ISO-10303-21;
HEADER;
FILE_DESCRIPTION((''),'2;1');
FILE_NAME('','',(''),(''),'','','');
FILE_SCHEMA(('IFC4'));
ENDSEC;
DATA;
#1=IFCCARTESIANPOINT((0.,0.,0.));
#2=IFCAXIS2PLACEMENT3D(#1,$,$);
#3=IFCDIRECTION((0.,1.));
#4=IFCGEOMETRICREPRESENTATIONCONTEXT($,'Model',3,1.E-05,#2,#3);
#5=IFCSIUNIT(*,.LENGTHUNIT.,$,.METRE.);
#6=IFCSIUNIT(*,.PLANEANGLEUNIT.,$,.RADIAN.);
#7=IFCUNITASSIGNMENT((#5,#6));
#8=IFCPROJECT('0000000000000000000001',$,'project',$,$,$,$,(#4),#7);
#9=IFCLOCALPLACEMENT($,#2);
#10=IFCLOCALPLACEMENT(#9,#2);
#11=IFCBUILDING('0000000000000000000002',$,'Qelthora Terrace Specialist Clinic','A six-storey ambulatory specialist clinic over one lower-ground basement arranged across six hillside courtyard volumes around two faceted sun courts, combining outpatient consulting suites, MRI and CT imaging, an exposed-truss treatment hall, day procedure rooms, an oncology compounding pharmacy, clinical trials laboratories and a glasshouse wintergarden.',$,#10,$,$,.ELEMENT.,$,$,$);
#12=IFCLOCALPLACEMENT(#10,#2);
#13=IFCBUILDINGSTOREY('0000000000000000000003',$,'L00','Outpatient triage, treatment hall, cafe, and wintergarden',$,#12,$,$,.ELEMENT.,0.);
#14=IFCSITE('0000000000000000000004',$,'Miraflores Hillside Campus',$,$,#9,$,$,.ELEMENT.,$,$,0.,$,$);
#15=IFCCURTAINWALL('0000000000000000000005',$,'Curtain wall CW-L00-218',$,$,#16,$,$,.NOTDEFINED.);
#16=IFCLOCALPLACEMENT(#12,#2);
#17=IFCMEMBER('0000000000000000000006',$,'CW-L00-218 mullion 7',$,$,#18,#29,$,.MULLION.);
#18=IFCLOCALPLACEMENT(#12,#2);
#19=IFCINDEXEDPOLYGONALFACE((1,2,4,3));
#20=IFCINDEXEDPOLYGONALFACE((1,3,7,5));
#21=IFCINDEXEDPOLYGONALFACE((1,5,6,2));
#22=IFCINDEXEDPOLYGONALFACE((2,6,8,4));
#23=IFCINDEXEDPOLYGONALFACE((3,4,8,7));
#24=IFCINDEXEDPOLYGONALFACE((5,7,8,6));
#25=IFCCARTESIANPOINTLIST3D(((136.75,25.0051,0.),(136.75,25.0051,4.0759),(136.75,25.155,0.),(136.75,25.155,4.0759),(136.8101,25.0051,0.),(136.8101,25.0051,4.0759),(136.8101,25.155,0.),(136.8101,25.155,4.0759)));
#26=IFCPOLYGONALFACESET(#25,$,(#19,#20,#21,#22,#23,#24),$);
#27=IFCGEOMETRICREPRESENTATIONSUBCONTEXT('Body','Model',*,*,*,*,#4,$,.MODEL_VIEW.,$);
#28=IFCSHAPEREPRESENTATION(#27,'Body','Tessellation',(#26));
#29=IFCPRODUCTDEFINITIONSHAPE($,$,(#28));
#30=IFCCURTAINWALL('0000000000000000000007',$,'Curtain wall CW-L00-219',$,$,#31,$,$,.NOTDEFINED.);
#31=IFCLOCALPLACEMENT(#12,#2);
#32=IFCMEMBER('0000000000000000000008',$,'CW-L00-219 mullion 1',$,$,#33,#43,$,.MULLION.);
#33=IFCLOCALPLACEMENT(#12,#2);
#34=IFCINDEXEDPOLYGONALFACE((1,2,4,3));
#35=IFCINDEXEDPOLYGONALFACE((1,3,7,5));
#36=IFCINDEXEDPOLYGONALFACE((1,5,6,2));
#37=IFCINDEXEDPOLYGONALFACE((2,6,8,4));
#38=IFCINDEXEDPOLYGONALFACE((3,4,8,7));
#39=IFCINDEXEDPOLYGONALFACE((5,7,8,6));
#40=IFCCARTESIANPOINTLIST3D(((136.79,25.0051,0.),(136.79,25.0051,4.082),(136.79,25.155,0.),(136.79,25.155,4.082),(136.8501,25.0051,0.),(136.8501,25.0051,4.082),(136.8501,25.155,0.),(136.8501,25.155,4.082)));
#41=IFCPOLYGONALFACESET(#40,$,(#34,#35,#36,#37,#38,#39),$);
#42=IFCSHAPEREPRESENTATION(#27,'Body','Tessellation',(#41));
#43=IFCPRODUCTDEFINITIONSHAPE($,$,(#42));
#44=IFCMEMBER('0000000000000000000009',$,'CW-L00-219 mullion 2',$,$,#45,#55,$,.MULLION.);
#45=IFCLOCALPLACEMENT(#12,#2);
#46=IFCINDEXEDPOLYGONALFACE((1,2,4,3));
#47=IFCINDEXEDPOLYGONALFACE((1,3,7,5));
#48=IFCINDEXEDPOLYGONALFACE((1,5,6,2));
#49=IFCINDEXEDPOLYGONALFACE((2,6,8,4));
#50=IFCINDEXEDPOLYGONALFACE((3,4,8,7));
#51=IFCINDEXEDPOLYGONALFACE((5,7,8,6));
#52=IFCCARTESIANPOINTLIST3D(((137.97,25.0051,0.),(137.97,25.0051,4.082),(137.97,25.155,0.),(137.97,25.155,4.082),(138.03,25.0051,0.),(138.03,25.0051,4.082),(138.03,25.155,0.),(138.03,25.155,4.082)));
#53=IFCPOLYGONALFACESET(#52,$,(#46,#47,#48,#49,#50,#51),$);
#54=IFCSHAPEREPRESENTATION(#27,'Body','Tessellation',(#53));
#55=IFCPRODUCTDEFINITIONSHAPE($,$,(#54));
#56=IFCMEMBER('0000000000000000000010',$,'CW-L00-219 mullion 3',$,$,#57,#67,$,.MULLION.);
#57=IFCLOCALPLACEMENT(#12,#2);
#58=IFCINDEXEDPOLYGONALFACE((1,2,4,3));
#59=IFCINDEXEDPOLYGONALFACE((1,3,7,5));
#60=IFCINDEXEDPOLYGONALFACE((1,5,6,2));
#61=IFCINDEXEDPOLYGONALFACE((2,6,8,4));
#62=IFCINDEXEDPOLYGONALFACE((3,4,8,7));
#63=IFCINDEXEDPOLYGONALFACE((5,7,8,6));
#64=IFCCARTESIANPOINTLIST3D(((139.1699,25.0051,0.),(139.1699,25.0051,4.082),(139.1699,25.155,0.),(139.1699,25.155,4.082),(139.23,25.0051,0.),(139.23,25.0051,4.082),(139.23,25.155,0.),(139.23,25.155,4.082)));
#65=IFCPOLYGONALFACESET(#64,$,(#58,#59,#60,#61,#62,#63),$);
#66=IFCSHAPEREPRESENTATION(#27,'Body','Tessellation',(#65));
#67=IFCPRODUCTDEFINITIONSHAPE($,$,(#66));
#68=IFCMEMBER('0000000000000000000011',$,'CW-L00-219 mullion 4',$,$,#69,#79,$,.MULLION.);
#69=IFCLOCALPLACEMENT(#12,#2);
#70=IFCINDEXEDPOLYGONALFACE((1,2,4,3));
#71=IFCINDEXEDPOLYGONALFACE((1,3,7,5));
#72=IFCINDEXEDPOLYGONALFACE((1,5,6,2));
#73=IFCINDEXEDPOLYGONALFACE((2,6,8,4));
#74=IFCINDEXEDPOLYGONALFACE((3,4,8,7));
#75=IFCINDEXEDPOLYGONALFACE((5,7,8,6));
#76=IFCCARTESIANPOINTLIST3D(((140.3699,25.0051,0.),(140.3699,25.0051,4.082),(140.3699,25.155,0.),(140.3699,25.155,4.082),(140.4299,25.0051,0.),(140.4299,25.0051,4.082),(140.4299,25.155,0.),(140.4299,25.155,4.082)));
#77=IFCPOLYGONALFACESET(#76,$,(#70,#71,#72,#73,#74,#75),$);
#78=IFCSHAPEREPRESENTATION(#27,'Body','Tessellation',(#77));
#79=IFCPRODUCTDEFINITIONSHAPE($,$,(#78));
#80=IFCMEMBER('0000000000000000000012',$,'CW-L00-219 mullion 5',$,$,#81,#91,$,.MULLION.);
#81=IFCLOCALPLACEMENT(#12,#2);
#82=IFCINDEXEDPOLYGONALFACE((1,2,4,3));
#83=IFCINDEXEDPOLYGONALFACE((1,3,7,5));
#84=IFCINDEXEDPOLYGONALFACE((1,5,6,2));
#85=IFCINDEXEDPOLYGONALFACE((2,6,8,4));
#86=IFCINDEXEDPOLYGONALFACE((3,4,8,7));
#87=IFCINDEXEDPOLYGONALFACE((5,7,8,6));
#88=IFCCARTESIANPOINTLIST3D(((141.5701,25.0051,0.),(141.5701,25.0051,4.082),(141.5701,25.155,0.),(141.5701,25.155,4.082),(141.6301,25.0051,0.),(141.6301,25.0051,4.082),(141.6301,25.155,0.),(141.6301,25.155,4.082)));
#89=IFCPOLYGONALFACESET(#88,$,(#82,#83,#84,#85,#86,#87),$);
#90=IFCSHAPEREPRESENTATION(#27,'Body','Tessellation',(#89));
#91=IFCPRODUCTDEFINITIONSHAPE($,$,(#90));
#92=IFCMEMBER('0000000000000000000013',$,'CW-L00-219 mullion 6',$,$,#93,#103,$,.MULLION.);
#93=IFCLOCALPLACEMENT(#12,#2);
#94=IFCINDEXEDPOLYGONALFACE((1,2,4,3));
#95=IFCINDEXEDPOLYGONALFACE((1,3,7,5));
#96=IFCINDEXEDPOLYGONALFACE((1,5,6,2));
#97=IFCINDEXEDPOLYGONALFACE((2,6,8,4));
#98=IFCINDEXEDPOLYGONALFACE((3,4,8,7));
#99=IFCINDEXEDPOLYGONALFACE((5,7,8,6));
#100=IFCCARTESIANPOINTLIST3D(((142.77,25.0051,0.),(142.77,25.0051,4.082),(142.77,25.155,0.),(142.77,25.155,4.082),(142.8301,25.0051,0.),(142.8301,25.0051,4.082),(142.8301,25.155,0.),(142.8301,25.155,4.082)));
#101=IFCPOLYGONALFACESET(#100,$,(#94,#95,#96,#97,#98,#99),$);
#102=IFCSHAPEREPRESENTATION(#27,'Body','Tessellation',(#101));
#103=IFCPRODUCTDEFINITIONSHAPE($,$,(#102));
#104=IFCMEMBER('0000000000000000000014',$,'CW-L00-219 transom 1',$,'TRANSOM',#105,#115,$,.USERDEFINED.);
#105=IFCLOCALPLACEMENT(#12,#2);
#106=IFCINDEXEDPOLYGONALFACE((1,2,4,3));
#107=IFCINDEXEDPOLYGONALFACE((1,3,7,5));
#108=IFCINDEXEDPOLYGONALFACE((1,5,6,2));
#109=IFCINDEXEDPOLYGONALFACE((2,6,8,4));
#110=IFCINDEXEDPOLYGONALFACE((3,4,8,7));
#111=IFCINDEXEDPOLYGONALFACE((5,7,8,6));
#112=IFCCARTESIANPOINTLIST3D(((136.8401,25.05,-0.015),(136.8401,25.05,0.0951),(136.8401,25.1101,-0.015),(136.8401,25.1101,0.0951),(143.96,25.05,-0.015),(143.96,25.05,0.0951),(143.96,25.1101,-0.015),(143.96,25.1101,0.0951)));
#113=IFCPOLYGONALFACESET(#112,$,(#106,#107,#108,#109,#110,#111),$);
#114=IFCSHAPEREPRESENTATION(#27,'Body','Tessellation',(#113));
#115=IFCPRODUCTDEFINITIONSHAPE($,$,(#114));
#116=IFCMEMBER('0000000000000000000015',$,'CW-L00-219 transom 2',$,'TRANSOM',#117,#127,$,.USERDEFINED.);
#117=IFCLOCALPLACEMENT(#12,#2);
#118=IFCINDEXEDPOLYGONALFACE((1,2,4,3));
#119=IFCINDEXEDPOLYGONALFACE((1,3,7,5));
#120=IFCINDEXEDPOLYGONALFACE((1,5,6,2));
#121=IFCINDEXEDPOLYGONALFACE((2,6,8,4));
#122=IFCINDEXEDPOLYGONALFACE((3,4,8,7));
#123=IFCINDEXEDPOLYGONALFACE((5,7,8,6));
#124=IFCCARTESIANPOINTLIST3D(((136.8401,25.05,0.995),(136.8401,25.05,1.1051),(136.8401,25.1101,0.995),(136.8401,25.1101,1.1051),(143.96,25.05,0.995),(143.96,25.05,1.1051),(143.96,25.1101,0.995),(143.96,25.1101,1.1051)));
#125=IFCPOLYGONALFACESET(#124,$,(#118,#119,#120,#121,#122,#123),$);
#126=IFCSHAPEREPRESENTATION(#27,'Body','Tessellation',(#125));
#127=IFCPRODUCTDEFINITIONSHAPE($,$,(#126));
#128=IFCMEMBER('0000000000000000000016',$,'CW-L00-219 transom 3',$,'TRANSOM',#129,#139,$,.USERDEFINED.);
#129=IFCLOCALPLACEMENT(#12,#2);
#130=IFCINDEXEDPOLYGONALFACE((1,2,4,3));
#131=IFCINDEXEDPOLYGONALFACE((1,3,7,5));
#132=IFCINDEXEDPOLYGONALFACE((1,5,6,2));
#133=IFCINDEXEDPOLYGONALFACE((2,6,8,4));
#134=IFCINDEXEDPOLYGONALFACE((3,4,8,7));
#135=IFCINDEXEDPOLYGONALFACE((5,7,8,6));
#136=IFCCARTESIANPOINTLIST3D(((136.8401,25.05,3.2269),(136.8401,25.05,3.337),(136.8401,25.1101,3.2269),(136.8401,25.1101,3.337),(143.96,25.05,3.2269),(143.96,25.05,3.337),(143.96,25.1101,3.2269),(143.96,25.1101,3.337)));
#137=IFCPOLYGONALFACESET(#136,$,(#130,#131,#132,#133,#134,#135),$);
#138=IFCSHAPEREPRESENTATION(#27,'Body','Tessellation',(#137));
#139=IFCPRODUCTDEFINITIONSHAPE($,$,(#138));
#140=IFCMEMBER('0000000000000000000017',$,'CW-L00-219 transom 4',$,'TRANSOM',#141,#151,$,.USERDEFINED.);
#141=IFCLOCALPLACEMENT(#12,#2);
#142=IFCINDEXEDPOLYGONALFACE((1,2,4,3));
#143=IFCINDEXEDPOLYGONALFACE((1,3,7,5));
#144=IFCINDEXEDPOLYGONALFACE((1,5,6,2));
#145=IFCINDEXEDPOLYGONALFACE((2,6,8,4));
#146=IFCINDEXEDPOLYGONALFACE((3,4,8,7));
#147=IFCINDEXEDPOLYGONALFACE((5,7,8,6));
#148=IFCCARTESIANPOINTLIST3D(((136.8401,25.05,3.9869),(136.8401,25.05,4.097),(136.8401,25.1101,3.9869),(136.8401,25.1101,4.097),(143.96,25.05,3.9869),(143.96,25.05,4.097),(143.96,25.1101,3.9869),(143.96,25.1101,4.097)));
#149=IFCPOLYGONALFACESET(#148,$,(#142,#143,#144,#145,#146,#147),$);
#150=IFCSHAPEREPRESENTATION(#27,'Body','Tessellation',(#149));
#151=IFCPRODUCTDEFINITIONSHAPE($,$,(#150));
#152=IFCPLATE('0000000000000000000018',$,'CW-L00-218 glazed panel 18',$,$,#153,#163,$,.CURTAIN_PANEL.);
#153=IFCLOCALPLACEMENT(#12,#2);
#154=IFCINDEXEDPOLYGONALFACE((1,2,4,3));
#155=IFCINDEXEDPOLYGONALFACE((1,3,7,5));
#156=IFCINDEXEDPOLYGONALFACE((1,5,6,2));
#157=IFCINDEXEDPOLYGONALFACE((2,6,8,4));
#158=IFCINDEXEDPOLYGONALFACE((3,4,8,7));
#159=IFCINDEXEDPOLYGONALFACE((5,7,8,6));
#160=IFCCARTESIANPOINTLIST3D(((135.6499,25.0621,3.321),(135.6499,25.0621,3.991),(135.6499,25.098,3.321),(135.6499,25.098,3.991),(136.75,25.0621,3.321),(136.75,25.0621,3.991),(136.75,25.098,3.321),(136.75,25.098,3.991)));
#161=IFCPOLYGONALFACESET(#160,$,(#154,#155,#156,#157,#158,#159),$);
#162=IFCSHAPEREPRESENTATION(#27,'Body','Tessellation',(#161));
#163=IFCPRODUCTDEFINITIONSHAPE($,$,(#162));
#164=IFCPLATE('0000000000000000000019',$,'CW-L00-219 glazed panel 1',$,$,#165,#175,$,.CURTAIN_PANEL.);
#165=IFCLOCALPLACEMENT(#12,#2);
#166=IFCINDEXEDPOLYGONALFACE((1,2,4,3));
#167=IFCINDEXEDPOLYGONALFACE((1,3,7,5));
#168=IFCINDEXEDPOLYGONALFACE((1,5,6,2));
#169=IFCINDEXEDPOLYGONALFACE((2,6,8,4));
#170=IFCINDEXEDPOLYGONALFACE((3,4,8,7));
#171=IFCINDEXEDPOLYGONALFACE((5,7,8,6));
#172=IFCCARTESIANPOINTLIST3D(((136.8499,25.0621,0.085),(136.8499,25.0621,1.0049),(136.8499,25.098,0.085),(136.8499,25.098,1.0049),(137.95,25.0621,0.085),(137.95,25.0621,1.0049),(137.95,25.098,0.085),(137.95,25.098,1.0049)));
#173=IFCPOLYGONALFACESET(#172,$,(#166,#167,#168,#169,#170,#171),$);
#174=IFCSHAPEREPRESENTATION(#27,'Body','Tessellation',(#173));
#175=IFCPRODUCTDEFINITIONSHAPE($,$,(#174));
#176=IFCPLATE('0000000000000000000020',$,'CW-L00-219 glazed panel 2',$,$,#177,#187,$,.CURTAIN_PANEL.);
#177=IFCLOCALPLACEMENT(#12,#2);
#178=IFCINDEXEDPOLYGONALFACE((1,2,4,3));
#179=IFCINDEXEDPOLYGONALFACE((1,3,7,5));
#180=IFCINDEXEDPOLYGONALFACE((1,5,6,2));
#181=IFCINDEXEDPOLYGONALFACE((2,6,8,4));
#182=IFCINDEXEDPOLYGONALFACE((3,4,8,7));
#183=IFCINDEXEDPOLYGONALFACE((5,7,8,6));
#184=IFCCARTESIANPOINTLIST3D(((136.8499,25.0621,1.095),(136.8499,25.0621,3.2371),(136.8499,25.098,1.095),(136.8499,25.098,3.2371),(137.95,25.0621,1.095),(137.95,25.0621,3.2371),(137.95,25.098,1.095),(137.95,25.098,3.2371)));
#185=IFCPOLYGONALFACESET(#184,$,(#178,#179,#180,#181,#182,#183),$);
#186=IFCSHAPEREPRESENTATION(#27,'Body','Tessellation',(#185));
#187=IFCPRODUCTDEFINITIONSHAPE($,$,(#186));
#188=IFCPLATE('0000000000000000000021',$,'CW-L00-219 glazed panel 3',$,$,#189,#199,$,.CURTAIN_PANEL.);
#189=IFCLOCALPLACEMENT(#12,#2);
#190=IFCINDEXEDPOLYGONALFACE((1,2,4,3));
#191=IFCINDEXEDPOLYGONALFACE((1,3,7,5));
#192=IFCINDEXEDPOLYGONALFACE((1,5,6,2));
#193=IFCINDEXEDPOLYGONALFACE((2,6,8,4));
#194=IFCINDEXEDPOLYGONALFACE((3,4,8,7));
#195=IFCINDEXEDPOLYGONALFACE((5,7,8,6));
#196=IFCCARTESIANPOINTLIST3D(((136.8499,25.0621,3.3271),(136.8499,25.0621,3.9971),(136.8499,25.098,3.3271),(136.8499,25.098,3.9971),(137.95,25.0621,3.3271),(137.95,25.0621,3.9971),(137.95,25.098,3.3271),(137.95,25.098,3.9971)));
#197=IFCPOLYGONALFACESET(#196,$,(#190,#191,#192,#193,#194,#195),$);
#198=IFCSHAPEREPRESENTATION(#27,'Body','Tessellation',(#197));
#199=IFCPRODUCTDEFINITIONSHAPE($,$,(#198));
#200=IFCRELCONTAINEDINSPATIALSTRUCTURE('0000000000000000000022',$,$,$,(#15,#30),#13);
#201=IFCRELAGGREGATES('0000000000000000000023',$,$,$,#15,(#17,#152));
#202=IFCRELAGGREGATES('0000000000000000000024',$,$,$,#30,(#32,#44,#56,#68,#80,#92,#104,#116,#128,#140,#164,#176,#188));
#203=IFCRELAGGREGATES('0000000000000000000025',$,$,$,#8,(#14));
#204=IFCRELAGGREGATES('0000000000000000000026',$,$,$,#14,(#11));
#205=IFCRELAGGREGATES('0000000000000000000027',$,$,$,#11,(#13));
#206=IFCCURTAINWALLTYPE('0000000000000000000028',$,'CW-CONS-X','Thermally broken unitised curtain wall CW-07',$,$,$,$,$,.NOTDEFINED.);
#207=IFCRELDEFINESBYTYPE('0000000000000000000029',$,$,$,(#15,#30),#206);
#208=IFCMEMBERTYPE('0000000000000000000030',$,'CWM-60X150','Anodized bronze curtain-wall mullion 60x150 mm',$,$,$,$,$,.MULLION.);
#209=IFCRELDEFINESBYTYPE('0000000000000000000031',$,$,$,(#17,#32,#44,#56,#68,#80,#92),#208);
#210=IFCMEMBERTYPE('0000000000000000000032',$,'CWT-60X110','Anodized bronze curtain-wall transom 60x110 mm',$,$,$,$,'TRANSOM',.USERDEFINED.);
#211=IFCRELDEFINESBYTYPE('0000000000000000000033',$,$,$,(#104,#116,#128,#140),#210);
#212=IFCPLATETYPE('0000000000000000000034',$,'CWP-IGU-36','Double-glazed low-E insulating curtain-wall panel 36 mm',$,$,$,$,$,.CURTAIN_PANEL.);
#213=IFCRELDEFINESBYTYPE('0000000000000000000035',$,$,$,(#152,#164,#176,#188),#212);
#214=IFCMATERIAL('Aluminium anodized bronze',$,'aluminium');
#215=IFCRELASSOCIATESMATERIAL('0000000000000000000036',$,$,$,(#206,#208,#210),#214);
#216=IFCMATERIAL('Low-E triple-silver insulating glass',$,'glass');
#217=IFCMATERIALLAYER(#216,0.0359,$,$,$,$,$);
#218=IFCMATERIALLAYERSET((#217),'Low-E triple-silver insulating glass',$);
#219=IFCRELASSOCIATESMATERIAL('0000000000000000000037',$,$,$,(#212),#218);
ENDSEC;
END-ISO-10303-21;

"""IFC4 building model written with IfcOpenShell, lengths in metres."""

from ifc_helpers import new_model, si_unit, direction, frame, origin, origin_2d, place, context, subcontext, project, spatial, rectangle, extrude, material, layer, layer_set, material_profile, profile_set, type_object, element, aggregate, save


model = new_model("IFC4")

# Units and contexts
model_context = context("Model", 3, precision=1e-05, world=origin(), true_north=direction((0.0, 1.0)))
body_context = subcontext(model_context, "Body", "Model", "MODEL_VIEW")
ifc_project = project(units=[si_unit("LENGTHUNIT", "METRE"), si_unit("PLANEANGLEUNIT", "RADIAN")], contexts=[model_context])

# Site, building, storey
site_placement = place(None, origin())
site = spatial("IfcSite", under=ifc_project, at=site_placement, Name="Miraflores Hillside Campus", CompositionType="ELEMENT", RefElevation=0.0)
building_placement = place(site_placement, origin())
building = spatial("IfcBuilding", under=site, at=building_placement, Name="Qelthora Terrace Specialist Clinic", Description="A six-storey ambulatory specialist clinic over one lower-ground basement arranged across six hillside courtyard volumes around two faceted sun courts, combining outpatient consulting suites, MRI and CT imaging, an exposed-truss treatment hall, day procedure rooms, an oncology compounding pharmacy, clinical trials laboratories and a glasshouse wintergarden.", CompositionType="ELEMENT")
storey_placement = place(building_placement, origin())
storey = spatial("IfcBuildingStorey", under=building, at=storey_placement, Name="L00", Description="Outpatient triage, treatment hall, cafe, and wintergarden", CompositionType="ELEMENT", Elevation=0.0)

# Curtain wall, member
ifc_material_1 = material(Name="Aluminium anodized bronze", Category="aluminium")
curtain_wall_type = type_object("IfcCurtainWallType", Name="CW-CONS-X", Description="Thermally broken unitised curtain wall CW-07", PredefinedType="NOTDEFINED", material=ifc_material_1)
curtain_wall_1_placement = place(storey_placement, origin())
curtain_wall_1 = element("IfcCurtainWall", 1, at=curtain_wall_1_placement, inside=storey, type_object=curtain_wall_type, Name="Curtain wall CW-L00-218", PredefinedType="NOTDEFINED")
ifc_material_profile_1 = material_profile(ifc_material_1, rectangle(XDim=0.0601, YDim=0.1499, at=origin_2d()), Name="CWM60X150")
ifc_profile_set_1 = profile_set([ifc_material_profile_1], Name="Aluminium anodized bronze")
member_type_1 = type_object("IfcMemberType", Name="CWM-60X150", Description="Anodized bronze curtain-wall mullion 60x150 mm", PredefinedType="MULLION", material=ifc_profile_set_1)
member_1_placement = place(storey_placement, frame((136.78, 25.0801, 0.0), z_axis=(0.0, 0.0, 1.0), x_axis=(1.0, 0.0, 0.0)))
member_1 = element("IfcMember", 2, at=member_1_placement, type_object=member_type_1, Name="CW-L00-218 mullion 7", PredefinedType="MULLION", context=body_context, shape_type="SweptSolid", body=[
    extrude(rectangle(XDim=0.0601, YDim=0.1499, at=origin_2d()), origin(), (0.0, 0.0, 1.0), 4.0759),
])

# Curtain wall, members
curtain_wall_2_placement = place(storey_placement, origin())
curtain_wall_2 = element("IfcCurtainWall", 3, at=curtain_wall_2_placement, inside=storey, type_object=curtain_wall_type, Name="Curtain wall CW-L00-219", PredefinedType="NOTDEFINED")
member_2_placement = place(storey_placement, frame((136.8201, 25.0801, 0.0), z_axis=(0.0, 0.0, 1.0), x_axis=(1.0, 0.0, 0.0)))
member_2 = element("IfcMember", 4, at=member_2_placement, type_object=member_type_1, Name="CW-L00-219 mullion 1", PredefinedType="MULLION", context=body_context, shape_type="SweptSolid", body=[
    extrude(rectangle(XDim=0.0601, YDim=0.1499, at=origin_2d()), origin(), (0.0, 0.0, 1.0), 4.082),
])
member_3_placement = place(storey_placement, frame((138.0, 25.0801, 0.0), z_axis=(0.0, 0.0, 1.0), x_axis=(1.0, 0.0, 0.0)))
member_3 = element("IfcMember", 5, at=member_3_placement, type_object=member_type_1, Name="CW-L00-219 mullion 2", PredefinedType="MULLION", context=body_context, shape_type="SweptSolid", body=[
    extrude(rectangle(XDim=0.0601, YDim=0.1499, at=origin_2d()), origin(), (0.0, 0.0, 1.0), 4.082),
])
member_4_placement = place(storey_placement, frame((139.2, 25.0801, 0.0), z_axis=(0.0, 0.0, 1.0), x_axis=(1.0, 0.0, 0.0)))
member_4 = element("IfcMember", 6, at=member_4_placement, type_object=member_type_1, Name="CW-L00-219 mullion 3", PredefinedType="MULLION", context=body_context, shape_type="SweptSolid", body=[
    extrude(rectangle(XDim=0.0601, YDim=0.1499, at=origin_2d()), origin(), (0.0, 0.0, 1.0), 4.082),
])
member_5_placement = place(storey_placement, frame((140.3999, 25.0801, 0.0), z_axis=(0.0, 0.0, 1.0), x_axis=(1.0, 0.0, 0.0)))
member_5 = element("IfcMember", 7, at=member_5_placement, type_object=member_type_1, Name="CW-L00-219 mullion 4", PredefinedType="MULLION", context=body_context, shape_type="SweptSolid", body=[
    extrude(rectangle(XDim=0.0601, YDim=0.1499, at=origin_2d()), origin(), (0.0, 0.0, 1.0), 4.082),
])
member_6_placement = place(storey_placement, frame((141.6001, 25.0801, 0.0), z_axis=(0.0, 0.0, 1.0), x_axis=(1.0, 0.0, 0.0)))
member_6 = element("IfcMember", 8, at=member_6_placement, type_object=member_type_1, Name="CW-L00-219 mullion 5", PredefinedType="MULLION", context=body_context, shape_type="SweptSolid", body=[
    extrude(rectangle(XDim=0.0601, YDim=0.1499, at=origin_2d()), origin(), (0.0, 0.0, 1.0), 4.082),
])
member_7_placement = place(storey_placement, frame((142.8, 25.0801, 0.0), z_axis=(0.0, 0.0, 1.0), x_axis=(1.0, 0.0, 0.0)))
member_7 = element("IfcMember", 9, at=member_7_placement, type_object=member_type_1, Name="CW-L00-219 mullion 6", PredefinedType="MULLION", context=body_context, shape_type="SweptSolid", body=[
    extrude(rectangle(XDim=0.0601, YDim=0.1499, at=origin_2d()), origin(), (0.0, 0.0, 1.0), 4.082),
])
ifc_material_profile_2 = material_profile(ifc_material_1, rectangle(XDim=0.0601, YDim=0.1101, at=origin_2d()), Name="CWT60X110")
ifc_profile_set_2 = profile_set([ifc_material_profile_2], Name="Aluminium anodized bronze")
member_type_2 = type_object("IfcMemberType", Name="CWT-60X110", Description="Anodized bronze curtain-wall transom 60x110 mm", ElementType="TRANSOM", PredefinedType="USERDEFINED", material=ifc_profile_set_2)
member_8_placement = place(storey_placement, frame((136.8401, 25.0801, 0.04), z_axis=(1.0, 0.0, 0.0), x_axis=(0.0, 1.0, 0.0)))
member_8 = element("IfcMember", 10, at=member_8_placement, type_object=member_type_2, Name="CW-L00-219 transom 1", ObjectType="TRANSOM", PredefinedType="USERDEFINED", context=body_context, shape_type="SweptSolid", body=[
    extrude(rectangle(XDim=0.0601, YDim=0.1101, at=origin_2d()), origin(), (0.0, 0.0, 1.0), 7.1199),
])
member_9_placement = place(storey_placement, frame((136.8401, 25.0801, 1.05), z_axis=(1.0, 0.0, 0.0), x_axis=(0.0, 1.0, 0.0)))
member_9 = element("IfcMember", 11, at=member_9_placement, type_object=member_type_2, Name="CW-L00-219 transom 2", ObjectType="TRANSOM", PredefinedType="USERDEFINED", context=body_context, shape_type="SweptSolid", body=[
    extrude(rectangle(XDim=0.0601, YDim=0.1101, at=origin_2d()), origin(), (0.0, 0.0, 1.0), 7.1199),
])
member_10_placement = place(storey_placement, frame((136.8401, 25.0801, 3.282), z_axis=(1.0, 0.0, 0.0), x_axis=(0.0, 1.0, 0.0)))
member_10 = element("IfcMember", 12, at=member_10_placement, type_object=member_type_2, Name="CW-L00-219 transom 3", ObjectType="TRANSOM", PredefinedType="USERDEFINED", context=body_context, shape_type="SweptSolid", body=[
    extrude(rectangle(XDim=0.0601, YDim=0.1101, at=origin_2d()), origin(), (0.0, 0.0, 1.0), 7.1199),
])
member_11_placement = place(storey_placement, frame((136.8401, 25.0801, 4.042), z_axis=(1.0, 0.0, 0.0), x_axis=(0.0, 1.0, 0.0)))
member_11 = element("IfcMember", 13, at=member_11_placement, type_object=member_type_2, Name="CW-L00-219 transom 4", ObjectType="TRANSOM", PredefinedType="USERDEFINED", context=body_context, shape_type="SweptSolid", body=[
    extrude(rectangle(XDim=0.0601, YDim=0.1101, at=origin_2d()), origin(), (0.0, 0.0, 1.0), 7.1199),
])

# Plates
ifc_material_2 = material(Name="Low-E triple-silver insulating glass", Category="glass")
ifc_layer = layer(ifc_material_2, 0.0359)
ifc_layer_set = layer_set([ifc_layer], Name="Low-E triple-silver insulating glass")
plate_type = type_object("IfcPlateType", Name="CWP-IGU-36", Description="Double-glazed low-E insulating curtain-wall panel 36 mm", PredefinedType="CURTAIN_PANEL", material=ifc_layer_set)
plate_1_placement = place(storey_placement, frame((136.2, 25.0801, 3.321), z_axis=(0.0, 0.0, 1.0), x_axis=(1.0, 0.0, 0.0)))
plate_1 = element("IfcPlate", 14, at=plate_1_placement, type_object=plate_type, Name="CW-L00-218 glazed panel 18", PredefinedType="CURTAIN_PANEL", context=body_context, shape_type="SweptSolid", body=[
    extrude(rectangle(XDim=1.1001, YDim=0.0359, at=origin_2d()), origin(), (0.0, 0.0, 1.0), 0.6699),
])
aggregate(curtain_wall_1, [member_1, plate_1])
plate_2_placement = place(storey_placement, frame((137.3999, 25.0801, 0.085), z_axis=(0.0, 0.0, 1.0), x_axis=(1.0, 0.0, 0.0)))
plate_2 = element("IfcPlate", 15, at=plate_2_placement, type_object=plate_type, Name="CW-L00-219 glazed panel 1", PredefinedType="CURTAIN_PANEL", context=body_context, shape_type="SweptSolid", body=[
    extrude(rectangle(XDim=1.1001, YDim=0.0359, at=origin_2d()), origin(), (0.0, 0.0, 1.0), 0.9199),
])
plate_3_placement = place(storey_placement, frame((137.3999, 25.0801, 1.095), z_axis=(0.0, 0.0, 1.0), x_axis=(1.0, 0.0, 0.0)))
plate_3 = element("IfcPlate", 16, at=plate_3_placement, type_object=plate_type, Name="CW-L00-219 glazed panel 2", PredefinedType="CURTAIN_PANEL", context=body_context, shape_type="SweptSolid", body=[
    extrude(rectangle(XDim=1.1001, YDim=0.0359, at=origin_2d()), origin(), (0.0, 0.0, 1.0), 2.1421),
])
plate_4_placement = place(storey_placement, frame((137.3999, 25.0801, 3.3271), z_axis=(0.0, 0.0, 1.0), x_axis=(1.0, 0.0, 0.0)))
plate_4 = element("IfcPlate", 17, at=plate_4_placement, type_object=plate_type, Name="CW-L00-219 glazed panel 3", PredefinedType="CURTAIN_PANEL", context=body_context, shape_type="SweptSolid", body=[
    extrude(rectangle(XDim=1.1001, YDim=0.0359, at=origin_2d()), origin(), (0.0, 0.0, 1.0), 0.6699),
])
aggregate(curtain_wall_2, [member_2, member_3, member_4, member_5, member_6, member_7, member_8, member_9, member_10, member_11, plate_2, plate_3, plate_4])

save(model, "model.ifc")
